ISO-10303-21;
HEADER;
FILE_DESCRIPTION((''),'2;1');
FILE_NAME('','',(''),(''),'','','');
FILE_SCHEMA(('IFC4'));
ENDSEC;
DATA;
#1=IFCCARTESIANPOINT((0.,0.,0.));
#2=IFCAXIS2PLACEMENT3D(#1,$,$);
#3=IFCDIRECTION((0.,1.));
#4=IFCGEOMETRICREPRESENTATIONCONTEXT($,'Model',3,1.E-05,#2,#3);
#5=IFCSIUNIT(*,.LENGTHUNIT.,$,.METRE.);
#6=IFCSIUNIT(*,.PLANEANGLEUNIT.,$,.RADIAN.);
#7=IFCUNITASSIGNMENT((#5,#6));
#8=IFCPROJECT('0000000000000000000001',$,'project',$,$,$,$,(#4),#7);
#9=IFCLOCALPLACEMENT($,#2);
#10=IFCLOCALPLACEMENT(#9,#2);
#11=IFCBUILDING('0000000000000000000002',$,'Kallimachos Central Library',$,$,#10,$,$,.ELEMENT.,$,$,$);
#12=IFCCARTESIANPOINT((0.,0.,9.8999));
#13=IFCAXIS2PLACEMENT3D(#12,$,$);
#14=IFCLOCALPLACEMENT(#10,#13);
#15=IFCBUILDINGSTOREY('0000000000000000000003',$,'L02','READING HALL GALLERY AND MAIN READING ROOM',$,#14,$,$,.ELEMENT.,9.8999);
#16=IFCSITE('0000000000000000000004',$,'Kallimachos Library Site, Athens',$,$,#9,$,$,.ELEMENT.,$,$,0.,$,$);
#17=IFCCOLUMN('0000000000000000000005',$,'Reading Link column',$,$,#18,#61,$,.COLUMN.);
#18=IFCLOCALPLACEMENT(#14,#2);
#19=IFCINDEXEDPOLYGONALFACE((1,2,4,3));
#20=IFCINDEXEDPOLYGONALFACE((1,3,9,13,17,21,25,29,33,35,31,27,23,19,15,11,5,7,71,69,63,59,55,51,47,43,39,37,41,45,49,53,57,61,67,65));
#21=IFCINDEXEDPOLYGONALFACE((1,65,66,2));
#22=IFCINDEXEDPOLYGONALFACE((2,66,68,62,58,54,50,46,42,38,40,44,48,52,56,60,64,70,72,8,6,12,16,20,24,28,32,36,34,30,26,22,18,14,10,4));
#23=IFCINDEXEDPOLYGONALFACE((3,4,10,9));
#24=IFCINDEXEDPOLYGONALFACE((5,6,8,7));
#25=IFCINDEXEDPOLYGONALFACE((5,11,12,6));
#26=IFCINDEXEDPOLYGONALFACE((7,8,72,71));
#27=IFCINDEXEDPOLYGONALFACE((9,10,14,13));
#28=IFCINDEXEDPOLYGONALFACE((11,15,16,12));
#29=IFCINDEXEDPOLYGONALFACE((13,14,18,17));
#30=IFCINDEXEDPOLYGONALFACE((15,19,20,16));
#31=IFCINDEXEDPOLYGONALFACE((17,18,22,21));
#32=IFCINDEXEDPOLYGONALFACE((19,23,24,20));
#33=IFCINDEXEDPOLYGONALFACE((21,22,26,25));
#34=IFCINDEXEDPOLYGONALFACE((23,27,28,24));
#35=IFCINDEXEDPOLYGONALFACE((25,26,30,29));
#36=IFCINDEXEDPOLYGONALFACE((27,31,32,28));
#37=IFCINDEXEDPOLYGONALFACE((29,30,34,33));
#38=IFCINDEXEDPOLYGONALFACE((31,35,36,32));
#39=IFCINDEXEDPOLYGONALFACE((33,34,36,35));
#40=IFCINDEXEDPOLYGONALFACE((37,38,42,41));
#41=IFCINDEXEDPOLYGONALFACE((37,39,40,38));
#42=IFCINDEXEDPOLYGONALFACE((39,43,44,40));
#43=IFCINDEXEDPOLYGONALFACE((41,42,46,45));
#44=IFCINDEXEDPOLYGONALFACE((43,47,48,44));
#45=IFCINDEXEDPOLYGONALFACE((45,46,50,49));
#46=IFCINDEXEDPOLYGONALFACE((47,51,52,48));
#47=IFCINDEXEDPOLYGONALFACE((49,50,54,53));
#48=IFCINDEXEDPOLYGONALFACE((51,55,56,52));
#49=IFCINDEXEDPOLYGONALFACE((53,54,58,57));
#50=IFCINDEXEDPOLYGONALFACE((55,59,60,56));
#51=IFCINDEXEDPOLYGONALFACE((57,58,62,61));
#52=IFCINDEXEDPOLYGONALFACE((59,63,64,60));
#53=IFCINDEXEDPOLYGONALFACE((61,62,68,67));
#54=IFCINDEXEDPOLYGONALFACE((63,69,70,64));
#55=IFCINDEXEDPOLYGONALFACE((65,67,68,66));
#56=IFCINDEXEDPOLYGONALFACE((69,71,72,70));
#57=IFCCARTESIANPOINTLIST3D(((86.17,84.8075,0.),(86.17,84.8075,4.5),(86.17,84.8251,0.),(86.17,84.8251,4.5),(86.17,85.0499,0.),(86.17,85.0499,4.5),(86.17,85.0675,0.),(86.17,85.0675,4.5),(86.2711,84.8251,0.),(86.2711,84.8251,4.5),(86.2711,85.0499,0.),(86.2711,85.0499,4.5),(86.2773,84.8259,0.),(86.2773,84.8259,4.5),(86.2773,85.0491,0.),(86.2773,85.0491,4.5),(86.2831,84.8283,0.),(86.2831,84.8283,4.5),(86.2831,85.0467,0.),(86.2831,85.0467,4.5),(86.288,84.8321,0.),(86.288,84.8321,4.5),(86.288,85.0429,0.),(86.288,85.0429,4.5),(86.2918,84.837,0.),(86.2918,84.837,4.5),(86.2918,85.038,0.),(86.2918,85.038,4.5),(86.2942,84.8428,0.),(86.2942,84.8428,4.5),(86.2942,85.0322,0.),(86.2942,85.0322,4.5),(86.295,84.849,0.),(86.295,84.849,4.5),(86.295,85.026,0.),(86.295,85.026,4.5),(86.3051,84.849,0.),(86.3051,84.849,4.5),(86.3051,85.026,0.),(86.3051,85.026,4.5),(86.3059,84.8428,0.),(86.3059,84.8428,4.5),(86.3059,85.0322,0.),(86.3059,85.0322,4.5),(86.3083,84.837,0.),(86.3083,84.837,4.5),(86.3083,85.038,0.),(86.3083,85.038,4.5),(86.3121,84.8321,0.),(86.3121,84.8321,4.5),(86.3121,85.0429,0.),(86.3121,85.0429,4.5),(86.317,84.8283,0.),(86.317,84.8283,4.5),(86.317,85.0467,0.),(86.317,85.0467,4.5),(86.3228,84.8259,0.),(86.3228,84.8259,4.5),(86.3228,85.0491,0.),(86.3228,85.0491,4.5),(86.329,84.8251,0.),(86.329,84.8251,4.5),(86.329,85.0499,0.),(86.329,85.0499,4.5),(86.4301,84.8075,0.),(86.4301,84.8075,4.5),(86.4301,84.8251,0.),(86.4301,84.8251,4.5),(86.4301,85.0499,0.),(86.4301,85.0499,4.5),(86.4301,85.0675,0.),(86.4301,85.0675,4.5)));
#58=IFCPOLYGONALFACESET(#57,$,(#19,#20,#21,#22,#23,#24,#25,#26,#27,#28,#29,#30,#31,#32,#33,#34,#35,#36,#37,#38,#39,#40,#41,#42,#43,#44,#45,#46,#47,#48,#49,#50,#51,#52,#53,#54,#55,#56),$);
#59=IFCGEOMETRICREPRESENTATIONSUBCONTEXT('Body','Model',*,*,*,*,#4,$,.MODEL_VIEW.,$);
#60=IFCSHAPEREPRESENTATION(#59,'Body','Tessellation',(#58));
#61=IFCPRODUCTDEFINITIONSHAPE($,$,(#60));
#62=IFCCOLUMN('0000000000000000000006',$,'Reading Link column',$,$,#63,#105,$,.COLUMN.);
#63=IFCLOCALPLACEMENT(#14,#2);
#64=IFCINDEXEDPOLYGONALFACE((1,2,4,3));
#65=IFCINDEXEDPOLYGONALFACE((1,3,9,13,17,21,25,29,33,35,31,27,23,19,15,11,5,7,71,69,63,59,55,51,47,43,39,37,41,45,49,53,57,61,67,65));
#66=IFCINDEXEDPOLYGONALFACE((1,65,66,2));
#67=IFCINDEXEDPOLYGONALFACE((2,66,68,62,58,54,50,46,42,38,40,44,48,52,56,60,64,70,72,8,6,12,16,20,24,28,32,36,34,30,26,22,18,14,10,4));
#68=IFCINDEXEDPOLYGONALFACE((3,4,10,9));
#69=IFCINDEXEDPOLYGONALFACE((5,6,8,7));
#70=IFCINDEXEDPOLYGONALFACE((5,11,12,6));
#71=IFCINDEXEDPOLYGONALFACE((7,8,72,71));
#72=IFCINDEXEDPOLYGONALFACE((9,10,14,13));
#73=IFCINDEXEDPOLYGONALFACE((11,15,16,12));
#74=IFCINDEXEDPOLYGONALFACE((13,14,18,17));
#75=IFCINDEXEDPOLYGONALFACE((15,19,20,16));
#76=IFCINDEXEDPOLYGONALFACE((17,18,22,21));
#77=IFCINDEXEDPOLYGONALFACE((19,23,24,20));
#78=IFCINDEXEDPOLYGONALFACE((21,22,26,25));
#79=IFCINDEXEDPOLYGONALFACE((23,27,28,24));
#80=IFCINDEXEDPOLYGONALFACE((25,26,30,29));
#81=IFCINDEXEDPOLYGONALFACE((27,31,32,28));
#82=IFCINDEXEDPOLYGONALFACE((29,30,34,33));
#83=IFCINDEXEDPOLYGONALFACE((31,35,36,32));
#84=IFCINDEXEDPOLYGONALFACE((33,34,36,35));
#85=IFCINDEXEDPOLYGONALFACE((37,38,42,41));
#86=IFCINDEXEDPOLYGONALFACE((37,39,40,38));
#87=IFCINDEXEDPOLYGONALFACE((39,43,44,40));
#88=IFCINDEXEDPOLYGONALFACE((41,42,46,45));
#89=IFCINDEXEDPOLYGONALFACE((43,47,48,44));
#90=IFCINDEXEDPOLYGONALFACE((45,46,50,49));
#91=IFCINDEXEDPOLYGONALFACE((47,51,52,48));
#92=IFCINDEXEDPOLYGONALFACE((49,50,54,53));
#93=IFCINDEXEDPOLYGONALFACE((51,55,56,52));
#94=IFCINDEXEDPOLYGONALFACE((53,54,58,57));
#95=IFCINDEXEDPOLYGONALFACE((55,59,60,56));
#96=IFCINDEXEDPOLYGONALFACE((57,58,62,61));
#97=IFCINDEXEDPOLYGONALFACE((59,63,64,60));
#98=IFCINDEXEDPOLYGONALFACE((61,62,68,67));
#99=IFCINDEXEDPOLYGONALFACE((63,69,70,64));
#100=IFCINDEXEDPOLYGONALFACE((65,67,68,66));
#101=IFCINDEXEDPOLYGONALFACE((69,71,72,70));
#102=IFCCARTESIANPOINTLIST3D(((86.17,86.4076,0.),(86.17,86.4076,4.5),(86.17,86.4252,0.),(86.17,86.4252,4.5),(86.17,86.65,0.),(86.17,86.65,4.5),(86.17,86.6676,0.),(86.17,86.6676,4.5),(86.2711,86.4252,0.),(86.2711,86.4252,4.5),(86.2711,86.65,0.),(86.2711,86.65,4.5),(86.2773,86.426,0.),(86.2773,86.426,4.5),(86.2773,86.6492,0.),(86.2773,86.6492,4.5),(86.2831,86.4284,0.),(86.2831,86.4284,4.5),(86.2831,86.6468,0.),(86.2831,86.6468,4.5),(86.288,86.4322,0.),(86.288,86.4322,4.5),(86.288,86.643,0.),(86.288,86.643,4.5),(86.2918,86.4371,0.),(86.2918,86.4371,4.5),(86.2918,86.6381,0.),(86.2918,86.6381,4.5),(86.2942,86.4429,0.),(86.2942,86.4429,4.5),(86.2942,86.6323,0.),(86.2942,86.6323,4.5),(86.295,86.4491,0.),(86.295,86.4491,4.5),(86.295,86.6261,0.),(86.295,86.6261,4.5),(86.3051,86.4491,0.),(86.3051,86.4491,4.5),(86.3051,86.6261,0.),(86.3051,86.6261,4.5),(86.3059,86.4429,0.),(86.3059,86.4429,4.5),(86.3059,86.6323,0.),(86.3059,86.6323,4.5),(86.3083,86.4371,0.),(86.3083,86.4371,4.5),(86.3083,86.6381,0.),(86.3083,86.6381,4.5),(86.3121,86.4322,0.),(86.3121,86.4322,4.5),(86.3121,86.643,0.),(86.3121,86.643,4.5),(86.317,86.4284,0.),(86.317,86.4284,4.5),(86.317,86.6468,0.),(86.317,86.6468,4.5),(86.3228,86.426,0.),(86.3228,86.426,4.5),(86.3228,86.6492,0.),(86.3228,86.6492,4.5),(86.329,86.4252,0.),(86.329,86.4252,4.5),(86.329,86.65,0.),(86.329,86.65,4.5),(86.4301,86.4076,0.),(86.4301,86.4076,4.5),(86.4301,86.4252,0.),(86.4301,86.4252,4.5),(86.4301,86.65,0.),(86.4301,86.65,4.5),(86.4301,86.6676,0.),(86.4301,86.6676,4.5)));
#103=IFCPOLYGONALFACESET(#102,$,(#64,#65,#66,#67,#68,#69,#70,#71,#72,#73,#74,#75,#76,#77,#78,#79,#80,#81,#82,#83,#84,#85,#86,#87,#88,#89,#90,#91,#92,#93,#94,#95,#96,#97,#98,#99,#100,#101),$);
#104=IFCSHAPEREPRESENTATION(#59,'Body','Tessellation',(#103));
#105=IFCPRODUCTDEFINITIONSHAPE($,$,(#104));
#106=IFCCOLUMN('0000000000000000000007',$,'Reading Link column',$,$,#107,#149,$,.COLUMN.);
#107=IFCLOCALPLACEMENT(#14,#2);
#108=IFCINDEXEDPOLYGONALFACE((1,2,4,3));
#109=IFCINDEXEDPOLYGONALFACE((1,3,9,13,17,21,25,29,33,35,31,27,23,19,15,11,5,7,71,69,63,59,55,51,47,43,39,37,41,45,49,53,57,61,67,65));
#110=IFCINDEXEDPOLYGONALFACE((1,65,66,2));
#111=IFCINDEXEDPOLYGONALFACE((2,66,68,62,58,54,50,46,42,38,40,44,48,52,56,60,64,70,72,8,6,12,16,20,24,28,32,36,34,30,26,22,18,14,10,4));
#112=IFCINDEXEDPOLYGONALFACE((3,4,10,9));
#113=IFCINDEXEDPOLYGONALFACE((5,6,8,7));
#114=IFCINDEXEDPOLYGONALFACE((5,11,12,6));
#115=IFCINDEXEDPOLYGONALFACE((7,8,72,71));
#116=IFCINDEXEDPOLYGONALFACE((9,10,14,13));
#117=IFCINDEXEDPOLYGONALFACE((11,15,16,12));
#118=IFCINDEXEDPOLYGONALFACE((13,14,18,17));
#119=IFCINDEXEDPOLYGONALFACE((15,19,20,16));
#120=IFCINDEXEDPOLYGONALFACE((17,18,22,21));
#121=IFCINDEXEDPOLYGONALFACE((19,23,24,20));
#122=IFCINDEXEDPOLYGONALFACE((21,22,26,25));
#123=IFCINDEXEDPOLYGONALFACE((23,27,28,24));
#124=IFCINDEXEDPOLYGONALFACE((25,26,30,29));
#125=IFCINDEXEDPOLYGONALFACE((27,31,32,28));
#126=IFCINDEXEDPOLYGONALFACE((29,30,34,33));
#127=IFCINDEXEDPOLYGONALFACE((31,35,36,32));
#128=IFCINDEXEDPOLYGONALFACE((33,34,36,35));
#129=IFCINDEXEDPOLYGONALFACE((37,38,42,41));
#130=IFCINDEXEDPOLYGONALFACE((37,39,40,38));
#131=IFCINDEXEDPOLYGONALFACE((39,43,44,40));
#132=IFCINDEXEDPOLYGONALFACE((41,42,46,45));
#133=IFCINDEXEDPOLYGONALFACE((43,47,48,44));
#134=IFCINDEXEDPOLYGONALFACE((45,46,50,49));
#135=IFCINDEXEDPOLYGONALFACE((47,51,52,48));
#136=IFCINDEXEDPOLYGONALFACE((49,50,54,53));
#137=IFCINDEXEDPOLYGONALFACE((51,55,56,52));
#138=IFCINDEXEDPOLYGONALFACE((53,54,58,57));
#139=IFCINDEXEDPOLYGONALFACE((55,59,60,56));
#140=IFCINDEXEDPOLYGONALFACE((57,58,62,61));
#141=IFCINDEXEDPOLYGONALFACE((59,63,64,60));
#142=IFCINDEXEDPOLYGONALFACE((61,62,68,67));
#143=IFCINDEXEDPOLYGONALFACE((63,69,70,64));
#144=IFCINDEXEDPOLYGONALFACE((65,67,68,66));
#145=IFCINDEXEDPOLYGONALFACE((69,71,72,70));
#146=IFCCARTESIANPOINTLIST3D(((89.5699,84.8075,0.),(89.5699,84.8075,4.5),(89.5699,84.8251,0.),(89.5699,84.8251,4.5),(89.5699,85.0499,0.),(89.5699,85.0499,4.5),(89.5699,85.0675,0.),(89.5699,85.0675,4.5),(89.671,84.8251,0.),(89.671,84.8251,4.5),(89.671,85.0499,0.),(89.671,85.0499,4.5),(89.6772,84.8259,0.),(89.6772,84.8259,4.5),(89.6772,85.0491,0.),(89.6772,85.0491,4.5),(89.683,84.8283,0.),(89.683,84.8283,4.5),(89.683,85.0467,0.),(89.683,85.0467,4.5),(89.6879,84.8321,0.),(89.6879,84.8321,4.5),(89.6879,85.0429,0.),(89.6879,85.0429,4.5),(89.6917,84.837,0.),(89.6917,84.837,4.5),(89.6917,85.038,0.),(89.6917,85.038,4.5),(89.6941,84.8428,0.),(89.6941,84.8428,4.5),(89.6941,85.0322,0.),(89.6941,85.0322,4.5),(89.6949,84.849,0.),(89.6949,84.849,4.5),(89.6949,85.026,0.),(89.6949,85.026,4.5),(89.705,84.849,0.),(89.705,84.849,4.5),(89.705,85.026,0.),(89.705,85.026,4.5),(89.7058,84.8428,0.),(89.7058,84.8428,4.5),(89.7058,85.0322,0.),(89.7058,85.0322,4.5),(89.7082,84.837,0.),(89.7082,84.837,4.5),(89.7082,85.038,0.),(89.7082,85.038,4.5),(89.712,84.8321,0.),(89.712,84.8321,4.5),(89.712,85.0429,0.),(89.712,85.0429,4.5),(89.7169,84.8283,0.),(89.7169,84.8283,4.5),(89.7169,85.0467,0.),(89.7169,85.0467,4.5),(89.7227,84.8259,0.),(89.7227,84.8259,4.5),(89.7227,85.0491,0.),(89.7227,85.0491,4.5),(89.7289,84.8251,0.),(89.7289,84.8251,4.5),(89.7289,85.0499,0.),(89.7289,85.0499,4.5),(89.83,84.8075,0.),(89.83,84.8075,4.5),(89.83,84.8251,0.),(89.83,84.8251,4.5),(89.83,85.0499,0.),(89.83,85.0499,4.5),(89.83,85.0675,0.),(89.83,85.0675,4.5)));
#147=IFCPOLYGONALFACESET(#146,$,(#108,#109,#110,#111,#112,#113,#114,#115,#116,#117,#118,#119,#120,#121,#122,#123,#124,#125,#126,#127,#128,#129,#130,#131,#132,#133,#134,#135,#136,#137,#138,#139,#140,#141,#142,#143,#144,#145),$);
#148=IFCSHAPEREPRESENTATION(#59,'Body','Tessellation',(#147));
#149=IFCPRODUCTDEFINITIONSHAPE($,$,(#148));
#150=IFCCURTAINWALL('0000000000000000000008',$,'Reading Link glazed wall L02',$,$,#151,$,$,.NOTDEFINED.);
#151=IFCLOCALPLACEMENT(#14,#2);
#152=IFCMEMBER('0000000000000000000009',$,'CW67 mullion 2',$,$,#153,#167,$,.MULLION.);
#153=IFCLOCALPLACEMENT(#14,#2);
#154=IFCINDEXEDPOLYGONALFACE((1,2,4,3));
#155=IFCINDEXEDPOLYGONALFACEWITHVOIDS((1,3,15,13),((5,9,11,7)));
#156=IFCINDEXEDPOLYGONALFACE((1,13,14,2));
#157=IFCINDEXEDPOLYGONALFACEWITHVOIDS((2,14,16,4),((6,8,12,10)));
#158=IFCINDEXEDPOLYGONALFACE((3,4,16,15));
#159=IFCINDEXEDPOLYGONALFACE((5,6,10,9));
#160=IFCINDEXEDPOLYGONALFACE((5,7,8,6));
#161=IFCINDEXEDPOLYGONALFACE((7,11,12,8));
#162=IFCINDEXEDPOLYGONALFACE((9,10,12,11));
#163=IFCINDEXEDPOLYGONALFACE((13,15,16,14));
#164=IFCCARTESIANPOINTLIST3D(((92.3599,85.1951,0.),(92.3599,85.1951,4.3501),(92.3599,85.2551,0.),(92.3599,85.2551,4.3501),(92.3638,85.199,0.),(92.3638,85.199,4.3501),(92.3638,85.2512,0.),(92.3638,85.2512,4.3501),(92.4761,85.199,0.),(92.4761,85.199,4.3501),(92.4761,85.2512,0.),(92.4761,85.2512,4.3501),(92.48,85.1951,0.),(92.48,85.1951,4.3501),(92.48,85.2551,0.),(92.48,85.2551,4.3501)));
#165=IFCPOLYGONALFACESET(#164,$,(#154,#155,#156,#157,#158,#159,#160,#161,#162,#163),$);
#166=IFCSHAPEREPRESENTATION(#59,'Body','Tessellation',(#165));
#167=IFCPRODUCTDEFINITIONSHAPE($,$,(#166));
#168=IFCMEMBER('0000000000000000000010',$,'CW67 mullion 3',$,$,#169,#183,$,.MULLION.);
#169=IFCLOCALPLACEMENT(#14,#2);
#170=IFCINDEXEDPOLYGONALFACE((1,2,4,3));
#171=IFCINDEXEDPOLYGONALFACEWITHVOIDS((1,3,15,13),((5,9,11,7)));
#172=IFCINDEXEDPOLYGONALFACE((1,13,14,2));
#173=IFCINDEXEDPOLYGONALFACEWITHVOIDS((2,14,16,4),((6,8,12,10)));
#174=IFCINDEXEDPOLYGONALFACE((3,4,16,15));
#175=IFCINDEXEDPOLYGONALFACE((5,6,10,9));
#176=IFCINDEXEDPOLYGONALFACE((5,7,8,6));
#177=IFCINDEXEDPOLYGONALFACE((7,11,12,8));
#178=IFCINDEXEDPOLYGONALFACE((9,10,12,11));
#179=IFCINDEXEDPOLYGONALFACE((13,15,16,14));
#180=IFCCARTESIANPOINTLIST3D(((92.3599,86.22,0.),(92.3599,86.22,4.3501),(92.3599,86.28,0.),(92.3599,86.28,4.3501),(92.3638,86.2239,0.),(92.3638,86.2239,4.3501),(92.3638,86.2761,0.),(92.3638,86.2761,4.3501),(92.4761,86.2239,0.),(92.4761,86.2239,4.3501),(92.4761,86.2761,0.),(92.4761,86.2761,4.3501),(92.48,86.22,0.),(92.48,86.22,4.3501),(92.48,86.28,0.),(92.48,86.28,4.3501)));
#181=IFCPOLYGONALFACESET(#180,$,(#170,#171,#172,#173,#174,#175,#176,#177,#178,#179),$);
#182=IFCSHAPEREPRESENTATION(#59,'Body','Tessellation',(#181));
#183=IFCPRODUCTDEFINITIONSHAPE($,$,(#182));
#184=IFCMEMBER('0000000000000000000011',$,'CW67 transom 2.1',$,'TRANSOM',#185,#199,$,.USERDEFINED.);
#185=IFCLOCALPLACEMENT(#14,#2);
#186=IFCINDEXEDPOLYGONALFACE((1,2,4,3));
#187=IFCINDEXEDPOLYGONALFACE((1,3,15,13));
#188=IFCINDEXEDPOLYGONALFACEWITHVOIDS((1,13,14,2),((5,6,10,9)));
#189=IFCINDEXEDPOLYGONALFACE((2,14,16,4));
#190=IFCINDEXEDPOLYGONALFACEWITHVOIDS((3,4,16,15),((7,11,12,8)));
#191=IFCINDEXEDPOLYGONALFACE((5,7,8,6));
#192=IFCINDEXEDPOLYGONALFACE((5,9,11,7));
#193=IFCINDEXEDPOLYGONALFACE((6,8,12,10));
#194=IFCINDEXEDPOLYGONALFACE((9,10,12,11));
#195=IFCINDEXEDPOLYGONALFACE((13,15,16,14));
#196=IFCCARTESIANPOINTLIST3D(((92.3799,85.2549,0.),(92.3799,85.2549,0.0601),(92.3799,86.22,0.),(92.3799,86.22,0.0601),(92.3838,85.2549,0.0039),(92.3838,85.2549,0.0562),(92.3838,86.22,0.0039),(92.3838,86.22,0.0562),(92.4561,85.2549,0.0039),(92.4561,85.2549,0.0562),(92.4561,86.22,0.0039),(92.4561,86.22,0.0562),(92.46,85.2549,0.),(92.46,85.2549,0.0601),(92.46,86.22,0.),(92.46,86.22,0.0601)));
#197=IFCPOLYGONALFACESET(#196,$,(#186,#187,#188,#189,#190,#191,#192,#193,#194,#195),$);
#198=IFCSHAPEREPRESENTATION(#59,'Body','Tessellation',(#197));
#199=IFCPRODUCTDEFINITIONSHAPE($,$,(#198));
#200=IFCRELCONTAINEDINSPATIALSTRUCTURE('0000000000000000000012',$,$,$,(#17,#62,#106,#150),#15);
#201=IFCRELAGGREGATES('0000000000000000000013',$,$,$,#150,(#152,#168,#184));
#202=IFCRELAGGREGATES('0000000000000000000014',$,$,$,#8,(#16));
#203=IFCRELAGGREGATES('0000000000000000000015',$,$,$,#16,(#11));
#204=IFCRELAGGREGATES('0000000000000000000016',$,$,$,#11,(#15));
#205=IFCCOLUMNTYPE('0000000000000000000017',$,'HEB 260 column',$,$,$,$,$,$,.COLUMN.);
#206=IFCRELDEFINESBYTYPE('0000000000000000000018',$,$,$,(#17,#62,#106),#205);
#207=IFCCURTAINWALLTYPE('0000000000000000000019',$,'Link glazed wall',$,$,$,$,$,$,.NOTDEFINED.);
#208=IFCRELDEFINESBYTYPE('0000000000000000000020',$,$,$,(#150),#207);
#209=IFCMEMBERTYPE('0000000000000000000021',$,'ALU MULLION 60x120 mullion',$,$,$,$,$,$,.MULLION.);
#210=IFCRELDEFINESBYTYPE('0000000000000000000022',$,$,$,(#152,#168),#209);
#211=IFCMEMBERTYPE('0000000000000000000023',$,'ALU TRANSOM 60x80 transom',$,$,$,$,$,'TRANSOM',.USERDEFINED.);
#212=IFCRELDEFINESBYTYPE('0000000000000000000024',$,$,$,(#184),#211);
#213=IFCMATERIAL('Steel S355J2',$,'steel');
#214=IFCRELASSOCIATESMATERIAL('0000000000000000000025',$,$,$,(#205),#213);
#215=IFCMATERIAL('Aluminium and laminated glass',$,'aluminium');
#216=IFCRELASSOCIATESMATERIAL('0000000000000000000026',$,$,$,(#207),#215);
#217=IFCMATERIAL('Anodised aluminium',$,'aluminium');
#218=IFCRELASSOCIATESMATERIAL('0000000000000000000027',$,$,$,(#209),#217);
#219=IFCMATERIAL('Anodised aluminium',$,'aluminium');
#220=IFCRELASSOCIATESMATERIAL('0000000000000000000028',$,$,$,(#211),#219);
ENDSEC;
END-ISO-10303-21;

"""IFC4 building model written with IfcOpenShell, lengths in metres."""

from ifc_helpers import new_model, si_unit, direction, frame, origin, origin_2d, place, context, subcontext, project, spatial, hollow_rectangle, i_section, extrude, material, material_profile, profile_set, type_object, element, aggregate, save


model = new_model("IFC4")

# Units and contexts
model_context = context("Model", 3, precision=1e-05, world=origin(), true_north=direction((0.0, 1.0)))
body_context = subcontext(model_context, "Body", "Model", "MODEL_VIEW")
ifc_project = project(units=[si_unit("LENGTHUNIT", "METRE"), si_unit("PLANEANGLEUNIT", "RADIAN")], contexts=[model_context])

# Site, building, storey
site_placement = place(None, origin())
site = spatial("IfcSite", under=ifc_project, at=site_placement, Name="Kallimachos Library Site, Athens", CompositionType="ELEMENT", RefElevation=0.0)
building_placement = place(site_placement, origin())
building = spatial("IfcBuilding", under=site, at=building_placement, Name="Kallimachos Central Library", CompositionType="ELEMENT")
storey_placement = place(building_placement, frame((0.0, 0.0, 9.8999)))
storey = spatial("IfcBuildingStorey", under=building, at=storey_placement, Name="L02", Description="READING HALL GALLERY AND MAIN READING ROOM", CompositionType="ELEMENT", Elevation=9.8999)

# Columns
ifc_material_1 = material(Name="Steel S355J2", Category="steel")
ifc_material_profile_1 = material_profile(ifc_material_1, i_section(OverallWidth=0.26, OverallDepth=0.26, WebThickness=0.01, FlangeThickness=0.0176, FilletRadius=0.0239, at=origin_2d()), Name="HEB 260")
ifc_profile_set_1 = profile_set([ifc_material_profile_1], Name="Steel S355J2")
column_type = type_object("IfcColumnType", Name="HEB 260 column", PredefinedType="COLUMN", material=ifc_profile_set_1)
for number, where, z_axis, x_axis, name in (
    (1, (86.3, 84.9375, 0.0), (0.0, 0.0, 1.0), (1.0, 0.0, 0.0), "Reading Link column"),
    (2, (86.3, 86.5376, 0.0), (0.0, 0.0, 1.0), (1.0, 0.0, 0.0), "Reading Link column"),
    (3, (89.7, 84.9375, 0.0), (0.0, 0.0, 1.0), (1.0, 0.0, 0.0), "Reading Link column"),
):
    element("IfcColumn", number, at=place(storey_placement, frame(where, z_axis=z_axis, x_axis=x_axis)), inside=storey, type_object=column_type, Name=name, PredefinedType="COLUMN", context=body_context, shape_type="SweptSolid", body=[
        extrude(i_section(OverallWidth=0.26, OverallDepth=0.26, WebThickness=0.01, FlangeThickness=0.0176, FilletRadius=0.0239, at=origin_2d()), origin(), (0.0, 0.0, 1.0), 4.5),
    ])

# Curtain wall, members
ifc_material_2 = material(Name="Aluminium and laminated glass", Category="aluminium")
curtain_wall_type = type_object("IfcCurtainWallType", Name="Link glazed wall", PredefinedType="NOTDEFINED", material=ifc_material_2)
curtain_wall_placement = place(storey_placement, origin())
curtain_wall = element("IfcCurtainWall", 4, at=curtain_wall_placement, inside=storey, type_object=curtain_wall_type, Name="Reading Link glazed wall L02", PredefinedType="NOTDEFINED")
ifc_material_3 = material(Name="Anodised aluminium", Category="aluminium")
ifc_material_profile_2 = material_profile(ifc_material_3, hollow_rectangle(XDim=0.0601, YDim=0.1201, WallThickness=0.0039, at=origin_2d()), Name="ALU MULLION 60x120")
ifc_profile_set_2 = profile_set([ifc_material_profile_2], Name="Anodised aluminium")
member_type_1 = type_object("IfcMemberType", Name="ALU MULLION 60x120 mullion", PredefinedType="MULLION", material=ifc_profile_set_2)
member_1_placement = place(storey_placement, frame((92.4199, 85.2251, 0.0), z_axis=(0.0, 0.0, 1.0), x_axis=(0.0, 1.0, 0.0)))
member_1 = element("IfcMember", 5, at=member_1_placement, type_object=member_type_1, Name="CW67 mullion 2", PredefinedType="MULLION", context=body_context, shape_type="SweptSolid", body=[
    extrude(hollow_rectangle(XDim=0.0601, YDim=0.1201, WallThickness=0.0039, at=origin_2d()), origin(), (0.0, 0.0, 1.0), 4.3501),
])
member_2_placement = place(storey_placement, frame((92.4199, 86.25, 0.0), z_axis=(0.0, 0.0, 1.0), x_axis=(0.0, 1.0, 0.0)))
member_2 = element("IfcMember", 6, at=member_2_placement, type_object=member_type_1, Name="CW67 mullion 3", PredefinedType="MULLION", context=body_context, shape_type="SweptSolid", body=[
    extrude(hollow_rectangle(XDim=0.0601, YDim=0.1201, WallThickness=0.0039, at=origin_2d()), origin(), (0.0, 0.0, 1.0), 4.3501),
])
ifc_material_4 = material(Name="Anodised aluminium", Category="aluminium")
ifc_material_profile_3 = material_profile(ifc_material_4, hollow_rectangle(XDim=0.0601, YDim=0.0801, WallThickness=0.0039, at=origin_2d()), Name="ALU TRANSOM 60x80")
ifc_profile_set_3 = profile_set([ifc_material_profile_3], Name="Anodised aluminium")
member_type_2 = type_object("IfcMemberType", Name="ALU TRANSOM 60x80 transom", ElementType="TRANSOM", PredefinedType="USERDEFINED", material=ifc_profile_set_3)
member_3_placement = place(storey_placement, frame((92.4199, 85.2549, 0.03), z_axis=(0.0, 1.0, 0.0), x_axis=(0.0, 0.0, 1.0)))
member_3 = element("IfcMember", 7, at=member_3_placement, type_object=member_type_2, Name="CW67 transom 2.1", ObjectType="TRANSOM", PredefinedType="USERDEFINED", context=body_context, shape_type="SweptSolid", body=[
    extrude(hollow_rectangle(XDim=0.0601, YDim=0.0801, WallThickness=0.0039, at=origin_2d()), origin(), (0.0, 0.0, 1.0), 0.9651),
])

aggregate(curtain_wall, [member_1, member_2, member_3])

save(model, "model.ifc")
